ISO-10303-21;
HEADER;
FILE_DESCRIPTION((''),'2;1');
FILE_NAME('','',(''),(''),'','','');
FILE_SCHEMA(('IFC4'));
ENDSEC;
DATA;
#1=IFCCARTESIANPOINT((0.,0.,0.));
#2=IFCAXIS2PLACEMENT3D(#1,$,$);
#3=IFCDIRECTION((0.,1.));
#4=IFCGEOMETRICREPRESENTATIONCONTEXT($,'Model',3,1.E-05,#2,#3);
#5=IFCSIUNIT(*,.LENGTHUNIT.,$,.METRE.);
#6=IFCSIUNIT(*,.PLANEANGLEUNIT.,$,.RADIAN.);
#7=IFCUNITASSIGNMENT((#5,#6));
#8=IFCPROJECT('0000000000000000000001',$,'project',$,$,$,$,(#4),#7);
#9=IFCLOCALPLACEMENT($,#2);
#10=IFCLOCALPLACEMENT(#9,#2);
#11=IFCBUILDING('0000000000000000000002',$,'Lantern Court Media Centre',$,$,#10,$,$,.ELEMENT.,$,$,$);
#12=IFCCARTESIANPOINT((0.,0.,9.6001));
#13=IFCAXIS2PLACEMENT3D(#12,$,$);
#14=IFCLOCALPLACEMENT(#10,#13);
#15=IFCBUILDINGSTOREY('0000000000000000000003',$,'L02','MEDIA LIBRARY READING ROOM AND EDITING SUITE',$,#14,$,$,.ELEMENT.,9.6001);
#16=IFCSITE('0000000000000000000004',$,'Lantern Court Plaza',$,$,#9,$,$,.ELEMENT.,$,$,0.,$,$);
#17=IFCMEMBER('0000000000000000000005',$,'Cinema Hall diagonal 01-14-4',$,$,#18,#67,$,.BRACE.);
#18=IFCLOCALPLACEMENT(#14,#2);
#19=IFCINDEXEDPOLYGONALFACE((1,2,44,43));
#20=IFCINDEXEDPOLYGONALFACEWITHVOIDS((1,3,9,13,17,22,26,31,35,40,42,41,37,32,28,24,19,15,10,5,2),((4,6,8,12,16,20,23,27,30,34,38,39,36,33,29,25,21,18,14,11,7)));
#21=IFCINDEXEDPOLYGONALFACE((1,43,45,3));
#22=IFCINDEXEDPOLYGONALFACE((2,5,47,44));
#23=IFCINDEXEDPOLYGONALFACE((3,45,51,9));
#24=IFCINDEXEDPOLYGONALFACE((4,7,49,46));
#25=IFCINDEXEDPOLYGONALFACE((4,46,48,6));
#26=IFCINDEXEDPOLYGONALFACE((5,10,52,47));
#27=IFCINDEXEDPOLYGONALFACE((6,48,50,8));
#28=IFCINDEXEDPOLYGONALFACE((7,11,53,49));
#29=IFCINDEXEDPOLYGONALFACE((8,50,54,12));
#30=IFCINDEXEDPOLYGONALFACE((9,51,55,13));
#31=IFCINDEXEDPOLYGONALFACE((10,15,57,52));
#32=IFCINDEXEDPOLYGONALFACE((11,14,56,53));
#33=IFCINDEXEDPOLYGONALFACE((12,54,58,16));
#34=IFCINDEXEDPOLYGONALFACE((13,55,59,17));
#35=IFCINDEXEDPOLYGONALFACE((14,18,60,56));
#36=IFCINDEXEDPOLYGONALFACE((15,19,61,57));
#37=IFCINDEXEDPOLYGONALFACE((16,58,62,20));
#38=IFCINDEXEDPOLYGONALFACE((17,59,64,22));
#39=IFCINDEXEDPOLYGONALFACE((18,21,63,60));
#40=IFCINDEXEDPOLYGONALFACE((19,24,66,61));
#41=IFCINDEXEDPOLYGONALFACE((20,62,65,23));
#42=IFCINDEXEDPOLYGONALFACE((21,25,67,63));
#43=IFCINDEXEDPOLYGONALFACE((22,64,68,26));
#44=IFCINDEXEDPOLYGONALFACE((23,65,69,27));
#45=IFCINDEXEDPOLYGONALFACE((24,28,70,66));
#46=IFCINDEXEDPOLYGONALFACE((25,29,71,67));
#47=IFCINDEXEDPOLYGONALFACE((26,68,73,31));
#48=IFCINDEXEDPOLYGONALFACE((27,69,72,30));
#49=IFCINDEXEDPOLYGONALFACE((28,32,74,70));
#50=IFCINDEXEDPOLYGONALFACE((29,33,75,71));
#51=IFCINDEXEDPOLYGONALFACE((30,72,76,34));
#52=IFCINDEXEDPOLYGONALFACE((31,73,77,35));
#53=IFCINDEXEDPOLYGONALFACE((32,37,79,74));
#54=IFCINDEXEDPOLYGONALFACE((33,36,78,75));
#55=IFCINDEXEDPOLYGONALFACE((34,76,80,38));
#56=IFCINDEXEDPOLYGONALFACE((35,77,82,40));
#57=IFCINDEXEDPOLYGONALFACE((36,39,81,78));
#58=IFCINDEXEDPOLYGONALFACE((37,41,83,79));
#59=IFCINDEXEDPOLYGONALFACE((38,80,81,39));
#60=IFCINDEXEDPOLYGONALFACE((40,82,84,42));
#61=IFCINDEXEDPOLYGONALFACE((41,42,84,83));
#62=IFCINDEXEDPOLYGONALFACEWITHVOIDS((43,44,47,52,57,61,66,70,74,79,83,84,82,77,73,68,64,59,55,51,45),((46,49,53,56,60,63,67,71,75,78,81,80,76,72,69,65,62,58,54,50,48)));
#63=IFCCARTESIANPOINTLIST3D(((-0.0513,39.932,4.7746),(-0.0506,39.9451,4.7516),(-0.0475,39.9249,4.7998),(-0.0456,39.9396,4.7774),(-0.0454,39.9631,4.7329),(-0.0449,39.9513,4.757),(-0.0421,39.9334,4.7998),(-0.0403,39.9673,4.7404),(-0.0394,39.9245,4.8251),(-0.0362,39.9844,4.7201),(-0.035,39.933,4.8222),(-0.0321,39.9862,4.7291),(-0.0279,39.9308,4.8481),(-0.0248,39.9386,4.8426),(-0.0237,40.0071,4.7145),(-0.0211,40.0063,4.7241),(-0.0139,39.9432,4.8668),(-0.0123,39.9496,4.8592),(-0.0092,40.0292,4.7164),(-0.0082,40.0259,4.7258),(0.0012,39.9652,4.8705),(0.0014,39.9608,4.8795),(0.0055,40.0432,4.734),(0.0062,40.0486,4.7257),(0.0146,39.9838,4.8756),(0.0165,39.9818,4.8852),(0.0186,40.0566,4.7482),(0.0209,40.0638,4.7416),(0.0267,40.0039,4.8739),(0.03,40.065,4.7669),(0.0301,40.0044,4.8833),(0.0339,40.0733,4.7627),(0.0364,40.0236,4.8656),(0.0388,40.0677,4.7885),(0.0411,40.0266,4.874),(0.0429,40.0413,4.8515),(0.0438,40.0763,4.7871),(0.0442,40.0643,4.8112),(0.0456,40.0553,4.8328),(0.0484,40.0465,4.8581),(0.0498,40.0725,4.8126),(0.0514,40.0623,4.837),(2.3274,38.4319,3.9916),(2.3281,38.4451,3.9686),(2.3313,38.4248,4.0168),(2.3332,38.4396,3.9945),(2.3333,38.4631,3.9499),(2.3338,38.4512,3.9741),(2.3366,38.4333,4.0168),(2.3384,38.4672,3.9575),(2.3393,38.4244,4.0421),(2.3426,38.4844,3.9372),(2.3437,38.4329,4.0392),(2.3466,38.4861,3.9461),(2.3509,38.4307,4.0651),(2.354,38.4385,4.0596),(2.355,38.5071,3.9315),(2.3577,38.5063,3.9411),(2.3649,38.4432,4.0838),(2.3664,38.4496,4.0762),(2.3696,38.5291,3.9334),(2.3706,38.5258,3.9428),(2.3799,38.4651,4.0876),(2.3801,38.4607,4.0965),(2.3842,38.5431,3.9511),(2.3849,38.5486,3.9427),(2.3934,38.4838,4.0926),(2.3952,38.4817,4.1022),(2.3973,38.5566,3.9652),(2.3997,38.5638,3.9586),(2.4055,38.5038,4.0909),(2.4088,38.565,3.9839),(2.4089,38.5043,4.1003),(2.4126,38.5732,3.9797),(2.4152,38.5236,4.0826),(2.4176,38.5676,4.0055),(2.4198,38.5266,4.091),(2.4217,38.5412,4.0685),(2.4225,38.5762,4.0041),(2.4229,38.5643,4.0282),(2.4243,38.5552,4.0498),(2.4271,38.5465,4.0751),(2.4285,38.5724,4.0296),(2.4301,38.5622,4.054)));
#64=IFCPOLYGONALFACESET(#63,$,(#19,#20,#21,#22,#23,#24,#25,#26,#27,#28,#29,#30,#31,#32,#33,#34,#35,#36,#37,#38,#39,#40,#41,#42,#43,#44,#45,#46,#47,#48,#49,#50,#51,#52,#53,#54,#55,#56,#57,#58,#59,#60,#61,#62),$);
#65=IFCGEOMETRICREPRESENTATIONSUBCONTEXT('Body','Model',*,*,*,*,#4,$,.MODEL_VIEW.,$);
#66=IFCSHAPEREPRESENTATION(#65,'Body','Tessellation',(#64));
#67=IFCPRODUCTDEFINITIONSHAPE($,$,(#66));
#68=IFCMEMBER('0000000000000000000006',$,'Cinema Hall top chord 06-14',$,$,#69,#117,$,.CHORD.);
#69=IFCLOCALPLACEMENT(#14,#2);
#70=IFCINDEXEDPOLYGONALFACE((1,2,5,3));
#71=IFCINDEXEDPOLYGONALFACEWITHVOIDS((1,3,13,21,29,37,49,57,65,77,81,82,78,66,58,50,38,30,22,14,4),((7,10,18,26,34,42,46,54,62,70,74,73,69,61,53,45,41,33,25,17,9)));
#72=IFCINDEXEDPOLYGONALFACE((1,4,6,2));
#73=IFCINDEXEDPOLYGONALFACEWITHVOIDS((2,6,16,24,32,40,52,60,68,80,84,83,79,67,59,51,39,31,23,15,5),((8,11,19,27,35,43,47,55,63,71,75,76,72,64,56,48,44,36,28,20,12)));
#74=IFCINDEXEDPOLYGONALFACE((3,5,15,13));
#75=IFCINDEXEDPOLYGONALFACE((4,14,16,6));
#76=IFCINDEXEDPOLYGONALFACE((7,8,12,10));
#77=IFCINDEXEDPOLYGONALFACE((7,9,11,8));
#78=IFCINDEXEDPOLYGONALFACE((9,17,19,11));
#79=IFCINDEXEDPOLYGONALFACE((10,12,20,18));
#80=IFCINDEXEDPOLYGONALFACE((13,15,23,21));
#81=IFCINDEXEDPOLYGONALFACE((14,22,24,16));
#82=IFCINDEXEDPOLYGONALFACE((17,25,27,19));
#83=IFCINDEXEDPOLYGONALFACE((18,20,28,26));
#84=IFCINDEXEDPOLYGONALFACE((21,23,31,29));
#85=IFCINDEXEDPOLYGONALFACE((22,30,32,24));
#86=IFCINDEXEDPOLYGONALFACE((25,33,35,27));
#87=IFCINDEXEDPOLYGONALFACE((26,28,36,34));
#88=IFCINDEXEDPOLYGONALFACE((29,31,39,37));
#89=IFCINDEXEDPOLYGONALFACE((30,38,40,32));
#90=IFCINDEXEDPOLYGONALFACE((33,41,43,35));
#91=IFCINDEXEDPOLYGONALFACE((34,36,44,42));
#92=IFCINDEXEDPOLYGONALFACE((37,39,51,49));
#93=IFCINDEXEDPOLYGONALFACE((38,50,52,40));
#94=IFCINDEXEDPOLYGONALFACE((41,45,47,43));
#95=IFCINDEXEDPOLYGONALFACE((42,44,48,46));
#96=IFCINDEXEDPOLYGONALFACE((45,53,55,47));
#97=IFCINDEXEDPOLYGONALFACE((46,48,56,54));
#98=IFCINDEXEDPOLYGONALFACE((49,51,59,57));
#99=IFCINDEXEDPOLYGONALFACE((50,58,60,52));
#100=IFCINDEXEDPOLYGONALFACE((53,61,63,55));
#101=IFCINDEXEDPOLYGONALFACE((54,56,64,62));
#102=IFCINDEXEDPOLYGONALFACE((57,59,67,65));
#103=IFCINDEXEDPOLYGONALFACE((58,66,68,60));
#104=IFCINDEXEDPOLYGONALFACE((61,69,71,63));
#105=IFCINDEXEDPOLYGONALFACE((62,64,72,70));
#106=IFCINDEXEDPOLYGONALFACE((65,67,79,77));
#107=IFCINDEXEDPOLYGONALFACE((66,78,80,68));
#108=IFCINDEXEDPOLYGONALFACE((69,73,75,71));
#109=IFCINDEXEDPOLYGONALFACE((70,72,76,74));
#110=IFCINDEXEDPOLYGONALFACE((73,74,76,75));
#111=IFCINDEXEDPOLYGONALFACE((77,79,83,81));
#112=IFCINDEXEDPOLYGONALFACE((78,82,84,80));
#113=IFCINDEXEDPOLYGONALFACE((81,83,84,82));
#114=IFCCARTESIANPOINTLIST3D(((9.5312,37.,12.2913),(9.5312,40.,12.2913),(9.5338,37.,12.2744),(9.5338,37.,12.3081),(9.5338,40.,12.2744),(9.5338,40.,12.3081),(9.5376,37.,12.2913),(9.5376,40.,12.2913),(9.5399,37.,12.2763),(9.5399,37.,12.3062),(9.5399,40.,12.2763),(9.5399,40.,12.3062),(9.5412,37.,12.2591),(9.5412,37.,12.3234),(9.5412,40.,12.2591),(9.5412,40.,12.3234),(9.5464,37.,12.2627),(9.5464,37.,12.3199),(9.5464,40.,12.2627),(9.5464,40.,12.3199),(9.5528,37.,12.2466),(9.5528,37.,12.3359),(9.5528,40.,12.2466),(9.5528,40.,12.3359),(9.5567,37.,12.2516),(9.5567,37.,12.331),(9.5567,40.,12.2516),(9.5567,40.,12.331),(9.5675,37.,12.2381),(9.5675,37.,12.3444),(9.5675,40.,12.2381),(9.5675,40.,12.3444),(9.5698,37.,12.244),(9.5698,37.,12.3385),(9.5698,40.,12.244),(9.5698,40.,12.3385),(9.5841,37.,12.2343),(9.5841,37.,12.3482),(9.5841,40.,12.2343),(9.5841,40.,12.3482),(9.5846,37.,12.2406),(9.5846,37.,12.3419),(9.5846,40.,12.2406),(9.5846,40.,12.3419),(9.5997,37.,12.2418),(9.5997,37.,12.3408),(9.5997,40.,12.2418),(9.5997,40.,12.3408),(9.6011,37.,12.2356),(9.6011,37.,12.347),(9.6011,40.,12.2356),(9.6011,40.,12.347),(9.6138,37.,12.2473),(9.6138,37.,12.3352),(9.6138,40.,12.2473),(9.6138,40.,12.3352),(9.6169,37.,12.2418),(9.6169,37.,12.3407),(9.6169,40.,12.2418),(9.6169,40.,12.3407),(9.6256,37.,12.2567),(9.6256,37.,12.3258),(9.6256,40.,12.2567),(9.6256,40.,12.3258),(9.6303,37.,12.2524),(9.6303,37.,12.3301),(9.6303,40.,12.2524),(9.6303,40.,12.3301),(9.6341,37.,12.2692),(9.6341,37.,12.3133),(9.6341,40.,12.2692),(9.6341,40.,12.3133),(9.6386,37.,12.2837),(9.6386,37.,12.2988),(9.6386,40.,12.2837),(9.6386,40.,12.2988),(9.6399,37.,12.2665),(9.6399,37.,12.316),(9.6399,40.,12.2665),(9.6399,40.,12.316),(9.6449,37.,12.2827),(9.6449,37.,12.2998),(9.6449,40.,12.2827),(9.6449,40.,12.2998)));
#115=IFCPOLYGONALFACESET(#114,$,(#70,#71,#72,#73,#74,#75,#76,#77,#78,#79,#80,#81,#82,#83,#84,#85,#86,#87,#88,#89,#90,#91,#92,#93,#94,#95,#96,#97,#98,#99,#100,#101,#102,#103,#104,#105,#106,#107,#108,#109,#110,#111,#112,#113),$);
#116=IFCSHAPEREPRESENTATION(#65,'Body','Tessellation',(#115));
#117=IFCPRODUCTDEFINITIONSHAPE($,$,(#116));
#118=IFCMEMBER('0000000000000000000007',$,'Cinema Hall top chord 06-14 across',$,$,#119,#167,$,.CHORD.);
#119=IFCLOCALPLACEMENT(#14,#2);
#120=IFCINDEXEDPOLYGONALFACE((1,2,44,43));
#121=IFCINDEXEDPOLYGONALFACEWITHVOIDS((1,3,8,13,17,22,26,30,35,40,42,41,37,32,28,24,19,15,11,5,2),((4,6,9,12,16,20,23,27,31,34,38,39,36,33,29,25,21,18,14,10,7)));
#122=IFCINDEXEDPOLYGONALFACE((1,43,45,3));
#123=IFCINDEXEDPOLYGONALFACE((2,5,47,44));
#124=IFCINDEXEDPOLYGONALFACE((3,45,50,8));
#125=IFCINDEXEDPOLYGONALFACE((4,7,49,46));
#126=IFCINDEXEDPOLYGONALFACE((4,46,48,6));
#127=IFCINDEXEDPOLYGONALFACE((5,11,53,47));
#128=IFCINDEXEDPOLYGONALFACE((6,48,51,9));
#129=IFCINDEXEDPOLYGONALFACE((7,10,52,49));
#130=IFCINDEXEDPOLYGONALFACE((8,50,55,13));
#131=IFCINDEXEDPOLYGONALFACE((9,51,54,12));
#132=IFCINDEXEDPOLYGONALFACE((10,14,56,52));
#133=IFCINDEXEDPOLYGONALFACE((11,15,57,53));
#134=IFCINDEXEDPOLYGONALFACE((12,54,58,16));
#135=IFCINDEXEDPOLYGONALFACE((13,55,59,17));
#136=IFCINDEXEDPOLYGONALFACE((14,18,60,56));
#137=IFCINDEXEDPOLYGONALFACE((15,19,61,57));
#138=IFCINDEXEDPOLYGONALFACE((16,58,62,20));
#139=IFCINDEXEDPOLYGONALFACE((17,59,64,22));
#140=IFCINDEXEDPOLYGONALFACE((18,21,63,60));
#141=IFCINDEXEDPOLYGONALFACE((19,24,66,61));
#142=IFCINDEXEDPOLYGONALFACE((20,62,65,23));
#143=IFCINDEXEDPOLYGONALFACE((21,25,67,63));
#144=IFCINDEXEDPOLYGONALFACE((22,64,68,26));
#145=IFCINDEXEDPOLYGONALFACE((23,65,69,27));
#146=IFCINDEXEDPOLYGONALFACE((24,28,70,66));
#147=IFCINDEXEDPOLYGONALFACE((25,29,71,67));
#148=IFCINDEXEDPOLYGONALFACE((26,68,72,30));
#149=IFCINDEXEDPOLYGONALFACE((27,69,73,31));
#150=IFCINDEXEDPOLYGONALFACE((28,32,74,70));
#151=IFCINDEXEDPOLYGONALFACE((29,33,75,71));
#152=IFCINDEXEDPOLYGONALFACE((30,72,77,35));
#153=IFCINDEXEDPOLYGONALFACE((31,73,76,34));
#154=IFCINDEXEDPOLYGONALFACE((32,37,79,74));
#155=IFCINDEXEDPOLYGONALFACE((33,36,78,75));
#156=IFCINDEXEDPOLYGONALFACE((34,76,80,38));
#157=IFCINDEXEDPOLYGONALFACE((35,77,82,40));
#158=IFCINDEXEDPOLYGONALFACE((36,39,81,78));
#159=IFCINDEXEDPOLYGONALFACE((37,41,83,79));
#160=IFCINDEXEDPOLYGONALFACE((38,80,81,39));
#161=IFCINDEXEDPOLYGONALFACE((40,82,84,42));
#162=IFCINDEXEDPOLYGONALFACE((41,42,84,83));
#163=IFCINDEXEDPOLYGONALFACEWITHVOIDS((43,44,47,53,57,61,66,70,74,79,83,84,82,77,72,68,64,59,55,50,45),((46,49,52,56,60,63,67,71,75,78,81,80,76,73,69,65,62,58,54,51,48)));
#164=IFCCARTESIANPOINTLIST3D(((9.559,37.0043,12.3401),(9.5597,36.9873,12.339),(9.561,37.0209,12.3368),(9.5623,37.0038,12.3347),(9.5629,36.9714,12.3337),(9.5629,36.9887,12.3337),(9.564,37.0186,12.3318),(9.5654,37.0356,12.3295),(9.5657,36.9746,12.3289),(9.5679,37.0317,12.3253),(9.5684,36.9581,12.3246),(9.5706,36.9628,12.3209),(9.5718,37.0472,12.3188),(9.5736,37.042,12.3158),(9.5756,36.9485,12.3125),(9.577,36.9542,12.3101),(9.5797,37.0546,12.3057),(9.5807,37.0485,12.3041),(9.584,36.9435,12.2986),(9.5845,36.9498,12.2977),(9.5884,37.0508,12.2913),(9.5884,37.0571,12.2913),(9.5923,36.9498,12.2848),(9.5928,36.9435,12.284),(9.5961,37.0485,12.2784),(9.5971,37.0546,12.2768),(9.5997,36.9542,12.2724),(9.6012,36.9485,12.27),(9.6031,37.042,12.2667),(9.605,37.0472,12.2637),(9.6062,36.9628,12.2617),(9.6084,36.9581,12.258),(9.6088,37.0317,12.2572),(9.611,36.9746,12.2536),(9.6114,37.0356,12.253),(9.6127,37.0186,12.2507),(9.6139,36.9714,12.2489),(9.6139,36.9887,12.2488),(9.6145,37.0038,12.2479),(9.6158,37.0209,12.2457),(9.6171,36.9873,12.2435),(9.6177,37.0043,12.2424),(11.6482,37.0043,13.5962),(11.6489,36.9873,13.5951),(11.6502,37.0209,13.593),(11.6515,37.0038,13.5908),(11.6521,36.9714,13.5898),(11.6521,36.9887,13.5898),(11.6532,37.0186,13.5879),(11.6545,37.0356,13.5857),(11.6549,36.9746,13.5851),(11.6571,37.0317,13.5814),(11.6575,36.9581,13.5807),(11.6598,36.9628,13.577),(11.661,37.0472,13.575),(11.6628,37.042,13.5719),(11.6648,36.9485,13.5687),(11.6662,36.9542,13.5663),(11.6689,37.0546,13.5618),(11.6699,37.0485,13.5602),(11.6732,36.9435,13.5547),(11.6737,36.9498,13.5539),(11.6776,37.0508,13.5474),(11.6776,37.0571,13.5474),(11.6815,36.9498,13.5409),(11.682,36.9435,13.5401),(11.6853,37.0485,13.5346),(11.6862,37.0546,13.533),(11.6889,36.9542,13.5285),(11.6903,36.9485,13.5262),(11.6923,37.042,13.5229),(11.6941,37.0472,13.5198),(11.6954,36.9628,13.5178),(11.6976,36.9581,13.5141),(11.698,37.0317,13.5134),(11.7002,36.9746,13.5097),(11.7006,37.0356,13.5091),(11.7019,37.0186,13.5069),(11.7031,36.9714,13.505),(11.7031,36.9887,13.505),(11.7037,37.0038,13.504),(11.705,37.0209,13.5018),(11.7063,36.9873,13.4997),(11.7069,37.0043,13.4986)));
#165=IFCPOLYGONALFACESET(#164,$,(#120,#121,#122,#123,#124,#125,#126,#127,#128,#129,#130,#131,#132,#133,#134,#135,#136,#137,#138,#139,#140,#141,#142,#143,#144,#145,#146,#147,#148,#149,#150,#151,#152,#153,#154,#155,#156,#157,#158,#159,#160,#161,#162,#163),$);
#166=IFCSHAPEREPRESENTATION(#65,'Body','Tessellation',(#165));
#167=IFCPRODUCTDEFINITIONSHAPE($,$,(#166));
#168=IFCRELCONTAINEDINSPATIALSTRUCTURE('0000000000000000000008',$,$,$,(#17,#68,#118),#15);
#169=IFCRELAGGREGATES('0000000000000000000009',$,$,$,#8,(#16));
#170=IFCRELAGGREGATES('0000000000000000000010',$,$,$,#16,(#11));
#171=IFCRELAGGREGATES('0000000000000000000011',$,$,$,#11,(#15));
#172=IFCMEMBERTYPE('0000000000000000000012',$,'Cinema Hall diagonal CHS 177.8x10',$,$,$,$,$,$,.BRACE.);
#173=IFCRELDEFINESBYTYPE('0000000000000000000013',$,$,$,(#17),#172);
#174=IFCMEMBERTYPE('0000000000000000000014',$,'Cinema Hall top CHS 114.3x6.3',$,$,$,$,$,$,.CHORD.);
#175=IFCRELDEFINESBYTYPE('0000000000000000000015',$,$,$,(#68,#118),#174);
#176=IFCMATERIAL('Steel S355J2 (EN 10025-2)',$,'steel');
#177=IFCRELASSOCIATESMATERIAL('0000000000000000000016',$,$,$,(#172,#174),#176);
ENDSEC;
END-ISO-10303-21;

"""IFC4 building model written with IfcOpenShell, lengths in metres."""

from ifc_helpers import new_model, si_unit, direction, frame, origin, origin_2d, place, context, subcontext, project, spatial, hollow_circle, extrude, material, material_profile, profile_set, type_object, element, save


model = new_model("IFC4")

# Units and contexts
model_context = context("Model", 3, precision=1e-05, world=origin(), true_north=direction((0.0, 1.0)))
body_context = subcontext(model_context, "Body", "Model", "MODEL_VIEW")
ifc_project = project(units=[si_unit("LENGTHUNIT", "METRE"), si_unit("PLANEANGLEUNIT", "RADIAN")], contexts=[model_context])

# Site, building, storey
site_placement = place(None, origin())
site = spatial("IfcSite", under=ifc_project, at=site_placement, Name="Lantern Court Plaza", CompositionType="ELEMENT", RefElevation=0.0)
building_placement = place(site_placement, origin())
building = spatial("IfcBuilding", under=site, at=building_placement, Name="Lantern Court Media Centre", CompositionType="ELEMENT")
storey_placement = place(building_placement, frame((0.0, 0.0, 9.6001)))
storey = spatial("IfcBuildingStorey", under=building, at=storey_placement, Name="L02", Description="MEDIA LIBRARY READING ROOM AND EDITING SUITE", CompositionType="ELEMENT", Elevation=9.6001)

# Members
ifc_material = material(Name="Steel S355J2 (EN 10025-2)", Category="steel")
ifc_material_profile_1 = material_profile(ifc_material, hollow_circle(Radius=0.0889, WallThickness=0.01, at=origin_2d()), Name="Cinema Hall diagonal CHS 177.8x10")
ifc_profile_set_1 = profile_set([ifc_material_profile_1], Name="Steel S355J2 (EN 10025-2)")
member_type_1 = type_object("IfcMemberType", Name="Cinema Hall diagonal CHS 177.8x10", PredefinedType="BRACE", material=ifc_profile_set_1)
for number, where, z_axis, x_axis, name in (
    (1, (2.3787, 38.5, 4.0168), (-0.814866, 0.51386, 0.268221), (-0.533405, -0.84586, 0.0), "Cinema Hall diagonal 01-14-4"),
):
    element("IfcMember", number, at=place(storey_placement, frame(where, z_axis=z_axis, x_axis=x_axis)), inside=storey, type_object=member_type_1, Name=name, PredefinedType="BRACE", context=body_context, shape_type="SweptSolid", body=[
        extrude(hollow_circle(Radius=0.0889, WallThickness=0.01, at=origin_2d()), origin(), (0.0, 0.0, 1.0), 2.9192),
    ])
ifc_material_profile_2 = material_profile(ifc_material, hollow_circle(Radius=0.0571, WallThickness=0.0063, at=origin_2d()), Name="Cinema Hall top CHS 114.3x6.3")
ifc_profile_set_2 = profile_set([ifc_material_profile_2], Name="Steel S355J2 (EN 10025-2)")
member_type_2 = type_object("IfcMemberType", Name="Cinema Hall top CHS 114.3x6.3", PredefinedType="CHORD", material=ifc_profile_set_2)
member_1_placement = place(storey_placement, frame((9.5884, 37.0, 12.2913), z_axis=(0.0, 1.0, 0.0), x_axis=(-1.0, 0.0, 0.0)))
element("IfcMember", 2, at=member_1_placement, inside=storey, type_object=member_type_2, Name="Cinema Hall top chord 06-14", PredefinedType="CHORD", context=body_context, shape_type="SweptSolid", body=[
    extrude(hollow_circle(Radius=0.0571, WallThickness=0.0063, at=origin_2d()), origin(), (0.0, 0.0, 1.0), 3.0),
])
member_2_placement = place(storey_placement, frame((9.5884, 37.0, 12.2913), z_axis=(0.857015, 0.0, 0.515291), x_axis=(0.0, 1.0, 0.0)))
element("IfcMember", 3, at=member_2_placement, inside=storey, type_object=member_type_2, Name="Cinema Hall top chord 06-14 across", PredefinedType="CHORD", context=body_context, shape_type="SweptSolid", body=[
    extrude(hollow_circle(Radius=0.0571, WallThickness=0.0063, at=origin_2d()), origin(), (0.0, 0.0, 1.0), 2.4377),
])

save(model, "model.ifc")
